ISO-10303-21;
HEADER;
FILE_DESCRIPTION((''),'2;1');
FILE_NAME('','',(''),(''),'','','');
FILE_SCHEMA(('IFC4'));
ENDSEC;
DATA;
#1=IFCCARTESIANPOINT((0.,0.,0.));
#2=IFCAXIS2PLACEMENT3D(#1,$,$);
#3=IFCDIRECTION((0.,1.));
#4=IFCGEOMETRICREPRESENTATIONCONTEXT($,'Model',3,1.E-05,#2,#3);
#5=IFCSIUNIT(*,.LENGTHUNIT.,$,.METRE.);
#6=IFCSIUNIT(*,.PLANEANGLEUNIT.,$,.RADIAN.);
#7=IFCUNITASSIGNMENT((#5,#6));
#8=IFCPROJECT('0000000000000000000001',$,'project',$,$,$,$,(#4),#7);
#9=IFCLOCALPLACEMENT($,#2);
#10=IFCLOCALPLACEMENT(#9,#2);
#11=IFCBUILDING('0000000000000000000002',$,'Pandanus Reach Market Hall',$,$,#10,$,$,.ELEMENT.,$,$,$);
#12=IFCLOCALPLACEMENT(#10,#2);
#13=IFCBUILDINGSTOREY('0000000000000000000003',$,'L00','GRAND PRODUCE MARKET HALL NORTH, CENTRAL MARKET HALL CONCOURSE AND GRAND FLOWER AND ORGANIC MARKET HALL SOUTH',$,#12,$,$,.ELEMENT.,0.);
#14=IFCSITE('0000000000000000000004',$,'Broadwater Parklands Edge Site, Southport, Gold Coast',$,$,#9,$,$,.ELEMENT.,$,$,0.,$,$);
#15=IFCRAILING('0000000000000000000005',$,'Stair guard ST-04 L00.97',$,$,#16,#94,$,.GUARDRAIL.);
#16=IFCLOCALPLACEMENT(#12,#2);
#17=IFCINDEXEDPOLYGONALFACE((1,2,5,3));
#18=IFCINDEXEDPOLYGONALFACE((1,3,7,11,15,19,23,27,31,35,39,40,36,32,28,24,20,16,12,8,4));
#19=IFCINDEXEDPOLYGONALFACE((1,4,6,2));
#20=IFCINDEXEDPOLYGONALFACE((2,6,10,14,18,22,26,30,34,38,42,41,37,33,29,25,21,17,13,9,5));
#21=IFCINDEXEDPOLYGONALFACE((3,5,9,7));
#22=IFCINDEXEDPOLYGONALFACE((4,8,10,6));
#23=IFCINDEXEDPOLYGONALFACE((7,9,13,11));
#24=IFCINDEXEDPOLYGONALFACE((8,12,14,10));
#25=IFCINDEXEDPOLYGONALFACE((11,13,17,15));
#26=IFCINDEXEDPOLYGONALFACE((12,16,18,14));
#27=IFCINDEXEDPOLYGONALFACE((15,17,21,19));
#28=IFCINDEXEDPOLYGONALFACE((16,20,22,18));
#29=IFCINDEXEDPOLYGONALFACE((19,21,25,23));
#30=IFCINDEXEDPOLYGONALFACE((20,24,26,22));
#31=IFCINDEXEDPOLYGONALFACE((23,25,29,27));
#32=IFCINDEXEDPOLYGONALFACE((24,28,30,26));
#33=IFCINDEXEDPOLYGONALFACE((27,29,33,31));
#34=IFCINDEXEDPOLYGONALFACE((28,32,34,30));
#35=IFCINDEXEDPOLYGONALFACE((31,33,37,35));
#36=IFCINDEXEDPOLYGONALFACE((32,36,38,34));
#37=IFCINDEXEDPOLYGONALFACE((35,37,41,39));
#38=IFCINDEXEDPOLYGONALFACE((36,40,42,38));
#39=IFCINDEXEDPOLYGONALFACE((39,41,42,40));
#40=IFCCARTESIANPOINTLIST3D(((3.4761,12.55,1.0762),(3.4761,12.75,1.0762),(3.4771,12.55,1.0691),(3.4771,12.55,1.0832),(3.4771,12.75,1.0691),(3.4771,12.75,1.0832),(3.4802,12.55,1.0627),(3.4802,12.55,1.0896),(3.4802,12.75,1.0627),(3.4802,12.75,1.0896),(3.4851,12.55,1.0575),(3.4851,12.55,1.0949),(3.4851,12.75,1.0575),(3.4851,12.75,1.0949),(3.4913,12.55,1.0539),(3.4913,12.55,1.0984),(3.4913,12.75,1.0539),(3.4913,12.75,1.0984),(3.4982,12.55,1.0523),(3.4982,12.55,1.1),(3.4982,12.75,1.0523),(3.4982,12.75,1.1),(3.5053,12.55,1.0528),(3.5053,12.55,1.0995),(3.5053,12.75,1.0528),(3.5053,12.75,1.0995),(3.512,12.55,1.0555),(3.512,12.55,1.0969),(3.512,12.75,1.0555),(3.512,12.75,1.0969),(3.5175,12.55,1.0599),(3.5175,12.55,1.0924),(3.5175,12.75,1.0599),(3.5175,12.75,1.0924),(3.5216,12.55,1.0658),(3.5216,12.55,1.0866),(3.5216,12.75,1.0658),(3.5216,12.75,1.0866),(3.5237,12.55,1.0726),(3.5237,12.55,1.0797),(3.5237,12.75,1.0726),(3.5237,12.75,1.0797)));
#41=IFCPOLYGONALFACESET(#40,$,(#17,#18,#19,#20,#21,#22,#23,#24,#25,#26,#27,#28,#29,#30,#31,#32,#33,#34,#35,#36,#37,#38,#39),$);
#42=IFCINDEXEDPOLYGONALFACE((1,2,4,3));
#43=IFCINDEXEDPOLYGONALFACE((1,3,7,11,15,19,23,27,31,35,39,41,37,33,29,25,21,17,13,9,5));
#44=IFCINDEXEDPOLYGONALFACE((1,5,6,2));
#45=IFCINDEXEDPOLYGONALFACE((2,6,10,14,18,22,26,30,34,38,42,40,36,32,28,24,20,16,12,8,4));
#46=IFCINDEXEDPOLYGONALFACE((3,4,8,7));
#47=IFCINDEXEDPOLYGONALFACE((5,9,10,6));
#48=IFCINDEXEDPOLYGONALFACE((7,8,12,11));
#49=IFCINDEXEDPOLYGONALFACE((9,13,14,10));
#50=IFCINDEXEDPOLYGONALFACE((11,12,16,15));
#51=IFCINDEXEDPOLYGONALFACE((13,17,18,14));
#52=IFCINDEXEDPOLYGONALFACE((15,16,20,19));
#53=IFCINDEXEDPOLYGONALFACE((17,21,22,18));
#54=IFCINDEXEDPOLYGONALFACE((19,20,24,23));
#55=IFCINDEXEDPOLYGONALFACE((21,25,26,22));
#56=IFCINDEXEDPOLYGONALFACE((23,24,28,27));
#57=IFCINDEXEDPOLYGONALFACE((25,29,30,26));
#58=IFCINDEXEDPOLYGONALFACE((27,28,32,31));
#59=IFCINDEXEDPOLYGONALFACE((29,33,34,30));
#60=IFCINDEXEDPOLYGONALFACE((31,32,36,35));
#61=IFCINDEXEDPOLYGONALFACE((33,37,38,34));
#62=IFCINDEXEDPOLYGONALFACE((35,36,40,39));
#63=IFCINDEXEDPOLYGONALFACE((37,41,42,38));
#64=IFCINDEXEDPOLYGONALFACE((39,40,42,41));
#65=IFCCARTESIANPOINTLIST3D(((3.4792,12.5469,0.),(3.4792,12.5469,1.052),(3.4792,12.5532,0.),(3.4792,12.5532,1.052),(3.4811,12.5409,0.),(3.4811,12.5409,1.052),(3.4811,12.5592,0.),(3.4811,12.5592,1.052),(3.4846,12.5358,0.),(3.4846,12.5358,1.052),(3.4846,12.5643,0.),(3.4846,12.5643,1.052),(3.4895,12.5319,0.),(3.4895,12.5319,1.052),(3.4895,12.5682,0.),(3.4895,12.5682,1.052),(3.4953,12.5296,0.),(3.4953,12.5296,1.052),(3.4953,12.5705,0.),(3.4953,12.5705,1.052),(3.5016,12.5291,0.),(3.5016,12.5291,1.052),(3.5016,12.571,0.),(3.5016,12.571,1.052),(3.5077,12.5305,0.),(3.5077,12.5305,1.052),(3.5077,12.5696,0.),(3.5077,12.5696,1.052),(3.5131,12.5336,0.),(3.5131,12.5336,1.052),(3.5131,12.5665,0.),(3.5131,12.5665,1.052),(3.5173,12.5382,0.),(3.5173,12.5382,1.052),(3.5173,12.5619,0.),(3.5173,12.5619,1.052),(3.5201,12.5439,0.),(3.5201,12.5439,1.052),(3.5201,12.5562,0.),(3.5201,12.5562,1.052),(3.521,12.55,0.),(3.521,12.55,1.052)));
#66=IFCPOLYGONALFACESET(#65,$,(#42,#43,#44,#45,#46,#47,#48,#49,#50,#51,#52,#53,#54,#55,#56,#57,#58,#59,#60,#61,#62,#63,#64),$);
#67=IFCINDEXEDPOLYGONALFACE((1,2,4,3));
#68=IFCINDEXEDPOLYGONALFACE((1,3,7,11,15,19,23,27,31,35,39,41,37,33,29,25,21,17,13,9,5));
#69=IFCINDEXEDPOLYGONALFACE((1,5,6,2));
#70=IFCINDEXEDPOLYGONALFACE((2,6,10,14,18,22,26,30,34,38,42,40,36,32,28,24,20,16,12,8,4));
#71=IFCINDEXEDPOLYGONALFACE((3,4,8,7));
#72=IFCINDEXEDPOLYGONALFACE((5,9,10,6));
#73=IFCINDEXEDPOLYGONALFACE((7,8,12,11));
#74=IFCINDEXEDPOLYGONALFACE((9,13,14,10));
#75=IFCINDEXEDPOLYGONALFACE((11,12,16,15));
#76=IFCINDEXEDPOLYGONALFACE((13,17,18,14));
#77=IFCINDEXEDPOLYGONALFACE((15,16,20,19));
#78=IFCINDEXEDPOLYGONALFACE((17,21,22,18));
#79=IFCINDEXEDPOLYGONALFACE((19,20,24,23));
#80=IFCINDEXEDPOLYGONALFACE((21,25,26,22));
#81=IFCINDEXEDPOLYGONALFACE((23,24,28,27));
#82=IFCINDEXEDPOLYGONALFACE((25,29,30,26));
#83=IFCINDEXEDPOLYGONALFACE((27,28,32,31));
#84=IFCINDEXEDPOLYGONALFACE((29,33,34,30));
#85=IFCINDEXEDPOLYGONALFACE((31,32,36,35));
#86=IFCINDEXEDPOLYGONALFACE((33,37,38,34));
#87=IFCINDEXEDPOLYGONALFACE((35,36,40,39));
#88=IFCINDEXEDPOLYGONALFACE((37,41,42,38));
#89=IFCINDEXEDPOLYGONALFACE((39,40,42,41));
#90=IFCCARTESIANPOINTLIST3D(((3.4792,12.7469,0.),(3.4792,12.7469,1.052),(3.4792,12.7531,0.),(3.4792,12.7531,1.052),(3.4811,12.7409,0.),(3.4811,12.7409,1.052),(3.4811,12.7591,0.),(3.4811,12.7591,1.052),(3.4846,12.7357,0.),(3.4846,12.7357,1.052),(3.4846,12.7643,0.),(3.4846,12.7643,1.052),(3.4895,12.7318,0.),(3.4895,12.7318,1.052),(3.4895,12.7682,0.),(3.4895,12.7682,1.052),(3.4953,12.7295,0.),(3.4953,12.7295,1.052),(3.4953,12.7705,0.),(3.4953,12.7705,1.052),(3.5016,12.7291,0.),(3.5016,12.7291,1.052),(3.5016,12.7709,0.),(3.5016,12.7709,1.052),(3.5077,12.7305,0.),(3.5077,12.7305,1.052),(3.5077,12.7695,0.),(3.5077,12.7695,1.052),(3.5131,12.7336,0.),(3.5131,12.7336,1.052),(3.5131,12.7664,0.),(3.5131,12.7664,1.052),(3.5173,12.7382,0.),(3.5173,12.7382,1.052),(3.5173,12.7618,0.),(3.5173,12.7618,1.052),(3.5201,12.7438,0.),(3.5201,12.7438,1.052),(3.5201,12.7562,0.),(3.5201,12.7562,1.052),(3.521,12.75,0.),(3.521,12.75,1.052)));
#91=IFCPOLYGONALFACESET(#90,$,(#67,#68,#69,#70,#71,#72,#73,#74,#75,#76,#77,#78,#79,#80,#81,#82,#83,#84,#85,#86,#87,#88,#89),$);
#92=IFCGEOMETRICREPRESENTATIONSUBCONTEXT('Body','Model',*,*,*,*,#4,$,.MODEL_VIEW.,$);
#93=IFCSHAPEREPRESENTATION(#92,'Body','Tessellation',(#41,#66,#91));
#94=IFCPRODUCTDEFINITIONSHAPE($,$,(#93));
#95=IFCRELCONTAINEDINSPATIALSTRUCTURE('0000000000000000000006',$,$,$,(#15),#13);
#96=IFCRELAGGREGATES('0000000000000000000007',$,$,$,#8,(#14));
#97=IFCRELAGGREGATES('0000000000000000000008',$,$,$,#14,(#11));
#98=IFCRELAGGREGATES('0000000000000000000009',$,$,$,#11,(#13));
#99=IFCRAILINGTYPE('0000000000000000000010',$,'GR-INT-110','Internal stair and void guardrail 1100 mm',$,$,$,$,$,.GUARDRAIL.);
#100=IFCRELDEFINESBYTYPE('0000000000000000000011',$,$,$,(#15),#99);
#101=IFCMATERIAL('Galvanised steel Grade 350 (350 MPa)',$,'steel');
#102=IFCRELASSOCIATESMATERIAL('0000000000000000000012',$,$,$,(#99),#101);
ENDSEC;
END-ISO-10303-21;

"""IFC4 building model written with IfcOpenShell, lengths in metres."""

from ifc_helpers import new_model, si_unit, direction, frame, origin, origin_2d, place, context, subcontext, project, spatial, circle, extrude, material, type_object, element, save


model = new_model("IFC4")

# Units and contexts
model_context = context("Model", 3, precision=1e-05, world=origin(), true_north=direction((0.0, 1.0)))
body_context = subcontext(model_context, "Body", "Model", "MODEL_VIEW")
ifc_project = project(units=[si_unit("LENGTHUNIT", "METRE"), si_unit("PLANEANGLEUNIT", "RADIAN")], contexts=[model_context])

# Site, building, storey
site_placement = place(None, origin())
site = spatial("IfcSite", under=ifc_project, at=site_placement, Name="Broadwater Parklands Edge Site, Southport, Gold Coast", CompositionType="ELEMENT", RefElevation=0.0)
building_placement = place(site_placement, origin())
building = spatial("IfcBuilding", under=site, at=building_placement, Name="Pandanus Reach Market Hall", CompositionType="ELEMENT")
storey_placement = place(building_placement, origin())
storey = spatial("IfcBuildingStorey", under=building, at=storey_placement, Name="L00", Description="GRAND PRODUCE MARKET HALL NORTH, CENTRAL MARKET HALL CONCOURSE AND GRAND FLOWER AND ORGANIC MARKET HALL SOUTH", CompositionType="ELEMENT", Elevation=0.0)

# Shared definitions
ifc_material_1 = material(Name="Galvanised steel Grade 350 (350 MPa)", Category="steel")

# Railing
railing_type_1 = type_object("IfcRailingType", Name="GR-INT-110", Description="Internal stair and void guardrail 1100 mm", PredefinedType="GUARDRAIL", material=ifc_material_1)
railing_1_placement = place(storey_placement, frame((3.5, 12.55, 0.0)))
element("IfcRailing", 1, at=railing_1_placement, inside=storey, type_object=railing_type_1, Name="Stair guard ST-04 L00.97", PredefinedType="GUARDRAIL", context=body_context, shape_type="SweptSolid", body=[
    extrude(circle(Radius=0.0239, at=origin_2d()), frame((0.0, 0.0, 1.0762), z_axis=(0.0, 1.0, 0.0), x_axis=(-1.0, 0.0, 0.0)), (0.0, 0.0, 1.0), 0.2),
    extrude(circle(Radius=0.021, at=origin_2d()), origin(), (0.0, 0.0, 1.0), 1.052),
    extrude(circle(Radius=0.021, at=origin_2d()), frame((0.0, 0.2, 0.0)), (0.0, 0.0, 1.0), 1.052),
])

save(model, "model.ifc")
